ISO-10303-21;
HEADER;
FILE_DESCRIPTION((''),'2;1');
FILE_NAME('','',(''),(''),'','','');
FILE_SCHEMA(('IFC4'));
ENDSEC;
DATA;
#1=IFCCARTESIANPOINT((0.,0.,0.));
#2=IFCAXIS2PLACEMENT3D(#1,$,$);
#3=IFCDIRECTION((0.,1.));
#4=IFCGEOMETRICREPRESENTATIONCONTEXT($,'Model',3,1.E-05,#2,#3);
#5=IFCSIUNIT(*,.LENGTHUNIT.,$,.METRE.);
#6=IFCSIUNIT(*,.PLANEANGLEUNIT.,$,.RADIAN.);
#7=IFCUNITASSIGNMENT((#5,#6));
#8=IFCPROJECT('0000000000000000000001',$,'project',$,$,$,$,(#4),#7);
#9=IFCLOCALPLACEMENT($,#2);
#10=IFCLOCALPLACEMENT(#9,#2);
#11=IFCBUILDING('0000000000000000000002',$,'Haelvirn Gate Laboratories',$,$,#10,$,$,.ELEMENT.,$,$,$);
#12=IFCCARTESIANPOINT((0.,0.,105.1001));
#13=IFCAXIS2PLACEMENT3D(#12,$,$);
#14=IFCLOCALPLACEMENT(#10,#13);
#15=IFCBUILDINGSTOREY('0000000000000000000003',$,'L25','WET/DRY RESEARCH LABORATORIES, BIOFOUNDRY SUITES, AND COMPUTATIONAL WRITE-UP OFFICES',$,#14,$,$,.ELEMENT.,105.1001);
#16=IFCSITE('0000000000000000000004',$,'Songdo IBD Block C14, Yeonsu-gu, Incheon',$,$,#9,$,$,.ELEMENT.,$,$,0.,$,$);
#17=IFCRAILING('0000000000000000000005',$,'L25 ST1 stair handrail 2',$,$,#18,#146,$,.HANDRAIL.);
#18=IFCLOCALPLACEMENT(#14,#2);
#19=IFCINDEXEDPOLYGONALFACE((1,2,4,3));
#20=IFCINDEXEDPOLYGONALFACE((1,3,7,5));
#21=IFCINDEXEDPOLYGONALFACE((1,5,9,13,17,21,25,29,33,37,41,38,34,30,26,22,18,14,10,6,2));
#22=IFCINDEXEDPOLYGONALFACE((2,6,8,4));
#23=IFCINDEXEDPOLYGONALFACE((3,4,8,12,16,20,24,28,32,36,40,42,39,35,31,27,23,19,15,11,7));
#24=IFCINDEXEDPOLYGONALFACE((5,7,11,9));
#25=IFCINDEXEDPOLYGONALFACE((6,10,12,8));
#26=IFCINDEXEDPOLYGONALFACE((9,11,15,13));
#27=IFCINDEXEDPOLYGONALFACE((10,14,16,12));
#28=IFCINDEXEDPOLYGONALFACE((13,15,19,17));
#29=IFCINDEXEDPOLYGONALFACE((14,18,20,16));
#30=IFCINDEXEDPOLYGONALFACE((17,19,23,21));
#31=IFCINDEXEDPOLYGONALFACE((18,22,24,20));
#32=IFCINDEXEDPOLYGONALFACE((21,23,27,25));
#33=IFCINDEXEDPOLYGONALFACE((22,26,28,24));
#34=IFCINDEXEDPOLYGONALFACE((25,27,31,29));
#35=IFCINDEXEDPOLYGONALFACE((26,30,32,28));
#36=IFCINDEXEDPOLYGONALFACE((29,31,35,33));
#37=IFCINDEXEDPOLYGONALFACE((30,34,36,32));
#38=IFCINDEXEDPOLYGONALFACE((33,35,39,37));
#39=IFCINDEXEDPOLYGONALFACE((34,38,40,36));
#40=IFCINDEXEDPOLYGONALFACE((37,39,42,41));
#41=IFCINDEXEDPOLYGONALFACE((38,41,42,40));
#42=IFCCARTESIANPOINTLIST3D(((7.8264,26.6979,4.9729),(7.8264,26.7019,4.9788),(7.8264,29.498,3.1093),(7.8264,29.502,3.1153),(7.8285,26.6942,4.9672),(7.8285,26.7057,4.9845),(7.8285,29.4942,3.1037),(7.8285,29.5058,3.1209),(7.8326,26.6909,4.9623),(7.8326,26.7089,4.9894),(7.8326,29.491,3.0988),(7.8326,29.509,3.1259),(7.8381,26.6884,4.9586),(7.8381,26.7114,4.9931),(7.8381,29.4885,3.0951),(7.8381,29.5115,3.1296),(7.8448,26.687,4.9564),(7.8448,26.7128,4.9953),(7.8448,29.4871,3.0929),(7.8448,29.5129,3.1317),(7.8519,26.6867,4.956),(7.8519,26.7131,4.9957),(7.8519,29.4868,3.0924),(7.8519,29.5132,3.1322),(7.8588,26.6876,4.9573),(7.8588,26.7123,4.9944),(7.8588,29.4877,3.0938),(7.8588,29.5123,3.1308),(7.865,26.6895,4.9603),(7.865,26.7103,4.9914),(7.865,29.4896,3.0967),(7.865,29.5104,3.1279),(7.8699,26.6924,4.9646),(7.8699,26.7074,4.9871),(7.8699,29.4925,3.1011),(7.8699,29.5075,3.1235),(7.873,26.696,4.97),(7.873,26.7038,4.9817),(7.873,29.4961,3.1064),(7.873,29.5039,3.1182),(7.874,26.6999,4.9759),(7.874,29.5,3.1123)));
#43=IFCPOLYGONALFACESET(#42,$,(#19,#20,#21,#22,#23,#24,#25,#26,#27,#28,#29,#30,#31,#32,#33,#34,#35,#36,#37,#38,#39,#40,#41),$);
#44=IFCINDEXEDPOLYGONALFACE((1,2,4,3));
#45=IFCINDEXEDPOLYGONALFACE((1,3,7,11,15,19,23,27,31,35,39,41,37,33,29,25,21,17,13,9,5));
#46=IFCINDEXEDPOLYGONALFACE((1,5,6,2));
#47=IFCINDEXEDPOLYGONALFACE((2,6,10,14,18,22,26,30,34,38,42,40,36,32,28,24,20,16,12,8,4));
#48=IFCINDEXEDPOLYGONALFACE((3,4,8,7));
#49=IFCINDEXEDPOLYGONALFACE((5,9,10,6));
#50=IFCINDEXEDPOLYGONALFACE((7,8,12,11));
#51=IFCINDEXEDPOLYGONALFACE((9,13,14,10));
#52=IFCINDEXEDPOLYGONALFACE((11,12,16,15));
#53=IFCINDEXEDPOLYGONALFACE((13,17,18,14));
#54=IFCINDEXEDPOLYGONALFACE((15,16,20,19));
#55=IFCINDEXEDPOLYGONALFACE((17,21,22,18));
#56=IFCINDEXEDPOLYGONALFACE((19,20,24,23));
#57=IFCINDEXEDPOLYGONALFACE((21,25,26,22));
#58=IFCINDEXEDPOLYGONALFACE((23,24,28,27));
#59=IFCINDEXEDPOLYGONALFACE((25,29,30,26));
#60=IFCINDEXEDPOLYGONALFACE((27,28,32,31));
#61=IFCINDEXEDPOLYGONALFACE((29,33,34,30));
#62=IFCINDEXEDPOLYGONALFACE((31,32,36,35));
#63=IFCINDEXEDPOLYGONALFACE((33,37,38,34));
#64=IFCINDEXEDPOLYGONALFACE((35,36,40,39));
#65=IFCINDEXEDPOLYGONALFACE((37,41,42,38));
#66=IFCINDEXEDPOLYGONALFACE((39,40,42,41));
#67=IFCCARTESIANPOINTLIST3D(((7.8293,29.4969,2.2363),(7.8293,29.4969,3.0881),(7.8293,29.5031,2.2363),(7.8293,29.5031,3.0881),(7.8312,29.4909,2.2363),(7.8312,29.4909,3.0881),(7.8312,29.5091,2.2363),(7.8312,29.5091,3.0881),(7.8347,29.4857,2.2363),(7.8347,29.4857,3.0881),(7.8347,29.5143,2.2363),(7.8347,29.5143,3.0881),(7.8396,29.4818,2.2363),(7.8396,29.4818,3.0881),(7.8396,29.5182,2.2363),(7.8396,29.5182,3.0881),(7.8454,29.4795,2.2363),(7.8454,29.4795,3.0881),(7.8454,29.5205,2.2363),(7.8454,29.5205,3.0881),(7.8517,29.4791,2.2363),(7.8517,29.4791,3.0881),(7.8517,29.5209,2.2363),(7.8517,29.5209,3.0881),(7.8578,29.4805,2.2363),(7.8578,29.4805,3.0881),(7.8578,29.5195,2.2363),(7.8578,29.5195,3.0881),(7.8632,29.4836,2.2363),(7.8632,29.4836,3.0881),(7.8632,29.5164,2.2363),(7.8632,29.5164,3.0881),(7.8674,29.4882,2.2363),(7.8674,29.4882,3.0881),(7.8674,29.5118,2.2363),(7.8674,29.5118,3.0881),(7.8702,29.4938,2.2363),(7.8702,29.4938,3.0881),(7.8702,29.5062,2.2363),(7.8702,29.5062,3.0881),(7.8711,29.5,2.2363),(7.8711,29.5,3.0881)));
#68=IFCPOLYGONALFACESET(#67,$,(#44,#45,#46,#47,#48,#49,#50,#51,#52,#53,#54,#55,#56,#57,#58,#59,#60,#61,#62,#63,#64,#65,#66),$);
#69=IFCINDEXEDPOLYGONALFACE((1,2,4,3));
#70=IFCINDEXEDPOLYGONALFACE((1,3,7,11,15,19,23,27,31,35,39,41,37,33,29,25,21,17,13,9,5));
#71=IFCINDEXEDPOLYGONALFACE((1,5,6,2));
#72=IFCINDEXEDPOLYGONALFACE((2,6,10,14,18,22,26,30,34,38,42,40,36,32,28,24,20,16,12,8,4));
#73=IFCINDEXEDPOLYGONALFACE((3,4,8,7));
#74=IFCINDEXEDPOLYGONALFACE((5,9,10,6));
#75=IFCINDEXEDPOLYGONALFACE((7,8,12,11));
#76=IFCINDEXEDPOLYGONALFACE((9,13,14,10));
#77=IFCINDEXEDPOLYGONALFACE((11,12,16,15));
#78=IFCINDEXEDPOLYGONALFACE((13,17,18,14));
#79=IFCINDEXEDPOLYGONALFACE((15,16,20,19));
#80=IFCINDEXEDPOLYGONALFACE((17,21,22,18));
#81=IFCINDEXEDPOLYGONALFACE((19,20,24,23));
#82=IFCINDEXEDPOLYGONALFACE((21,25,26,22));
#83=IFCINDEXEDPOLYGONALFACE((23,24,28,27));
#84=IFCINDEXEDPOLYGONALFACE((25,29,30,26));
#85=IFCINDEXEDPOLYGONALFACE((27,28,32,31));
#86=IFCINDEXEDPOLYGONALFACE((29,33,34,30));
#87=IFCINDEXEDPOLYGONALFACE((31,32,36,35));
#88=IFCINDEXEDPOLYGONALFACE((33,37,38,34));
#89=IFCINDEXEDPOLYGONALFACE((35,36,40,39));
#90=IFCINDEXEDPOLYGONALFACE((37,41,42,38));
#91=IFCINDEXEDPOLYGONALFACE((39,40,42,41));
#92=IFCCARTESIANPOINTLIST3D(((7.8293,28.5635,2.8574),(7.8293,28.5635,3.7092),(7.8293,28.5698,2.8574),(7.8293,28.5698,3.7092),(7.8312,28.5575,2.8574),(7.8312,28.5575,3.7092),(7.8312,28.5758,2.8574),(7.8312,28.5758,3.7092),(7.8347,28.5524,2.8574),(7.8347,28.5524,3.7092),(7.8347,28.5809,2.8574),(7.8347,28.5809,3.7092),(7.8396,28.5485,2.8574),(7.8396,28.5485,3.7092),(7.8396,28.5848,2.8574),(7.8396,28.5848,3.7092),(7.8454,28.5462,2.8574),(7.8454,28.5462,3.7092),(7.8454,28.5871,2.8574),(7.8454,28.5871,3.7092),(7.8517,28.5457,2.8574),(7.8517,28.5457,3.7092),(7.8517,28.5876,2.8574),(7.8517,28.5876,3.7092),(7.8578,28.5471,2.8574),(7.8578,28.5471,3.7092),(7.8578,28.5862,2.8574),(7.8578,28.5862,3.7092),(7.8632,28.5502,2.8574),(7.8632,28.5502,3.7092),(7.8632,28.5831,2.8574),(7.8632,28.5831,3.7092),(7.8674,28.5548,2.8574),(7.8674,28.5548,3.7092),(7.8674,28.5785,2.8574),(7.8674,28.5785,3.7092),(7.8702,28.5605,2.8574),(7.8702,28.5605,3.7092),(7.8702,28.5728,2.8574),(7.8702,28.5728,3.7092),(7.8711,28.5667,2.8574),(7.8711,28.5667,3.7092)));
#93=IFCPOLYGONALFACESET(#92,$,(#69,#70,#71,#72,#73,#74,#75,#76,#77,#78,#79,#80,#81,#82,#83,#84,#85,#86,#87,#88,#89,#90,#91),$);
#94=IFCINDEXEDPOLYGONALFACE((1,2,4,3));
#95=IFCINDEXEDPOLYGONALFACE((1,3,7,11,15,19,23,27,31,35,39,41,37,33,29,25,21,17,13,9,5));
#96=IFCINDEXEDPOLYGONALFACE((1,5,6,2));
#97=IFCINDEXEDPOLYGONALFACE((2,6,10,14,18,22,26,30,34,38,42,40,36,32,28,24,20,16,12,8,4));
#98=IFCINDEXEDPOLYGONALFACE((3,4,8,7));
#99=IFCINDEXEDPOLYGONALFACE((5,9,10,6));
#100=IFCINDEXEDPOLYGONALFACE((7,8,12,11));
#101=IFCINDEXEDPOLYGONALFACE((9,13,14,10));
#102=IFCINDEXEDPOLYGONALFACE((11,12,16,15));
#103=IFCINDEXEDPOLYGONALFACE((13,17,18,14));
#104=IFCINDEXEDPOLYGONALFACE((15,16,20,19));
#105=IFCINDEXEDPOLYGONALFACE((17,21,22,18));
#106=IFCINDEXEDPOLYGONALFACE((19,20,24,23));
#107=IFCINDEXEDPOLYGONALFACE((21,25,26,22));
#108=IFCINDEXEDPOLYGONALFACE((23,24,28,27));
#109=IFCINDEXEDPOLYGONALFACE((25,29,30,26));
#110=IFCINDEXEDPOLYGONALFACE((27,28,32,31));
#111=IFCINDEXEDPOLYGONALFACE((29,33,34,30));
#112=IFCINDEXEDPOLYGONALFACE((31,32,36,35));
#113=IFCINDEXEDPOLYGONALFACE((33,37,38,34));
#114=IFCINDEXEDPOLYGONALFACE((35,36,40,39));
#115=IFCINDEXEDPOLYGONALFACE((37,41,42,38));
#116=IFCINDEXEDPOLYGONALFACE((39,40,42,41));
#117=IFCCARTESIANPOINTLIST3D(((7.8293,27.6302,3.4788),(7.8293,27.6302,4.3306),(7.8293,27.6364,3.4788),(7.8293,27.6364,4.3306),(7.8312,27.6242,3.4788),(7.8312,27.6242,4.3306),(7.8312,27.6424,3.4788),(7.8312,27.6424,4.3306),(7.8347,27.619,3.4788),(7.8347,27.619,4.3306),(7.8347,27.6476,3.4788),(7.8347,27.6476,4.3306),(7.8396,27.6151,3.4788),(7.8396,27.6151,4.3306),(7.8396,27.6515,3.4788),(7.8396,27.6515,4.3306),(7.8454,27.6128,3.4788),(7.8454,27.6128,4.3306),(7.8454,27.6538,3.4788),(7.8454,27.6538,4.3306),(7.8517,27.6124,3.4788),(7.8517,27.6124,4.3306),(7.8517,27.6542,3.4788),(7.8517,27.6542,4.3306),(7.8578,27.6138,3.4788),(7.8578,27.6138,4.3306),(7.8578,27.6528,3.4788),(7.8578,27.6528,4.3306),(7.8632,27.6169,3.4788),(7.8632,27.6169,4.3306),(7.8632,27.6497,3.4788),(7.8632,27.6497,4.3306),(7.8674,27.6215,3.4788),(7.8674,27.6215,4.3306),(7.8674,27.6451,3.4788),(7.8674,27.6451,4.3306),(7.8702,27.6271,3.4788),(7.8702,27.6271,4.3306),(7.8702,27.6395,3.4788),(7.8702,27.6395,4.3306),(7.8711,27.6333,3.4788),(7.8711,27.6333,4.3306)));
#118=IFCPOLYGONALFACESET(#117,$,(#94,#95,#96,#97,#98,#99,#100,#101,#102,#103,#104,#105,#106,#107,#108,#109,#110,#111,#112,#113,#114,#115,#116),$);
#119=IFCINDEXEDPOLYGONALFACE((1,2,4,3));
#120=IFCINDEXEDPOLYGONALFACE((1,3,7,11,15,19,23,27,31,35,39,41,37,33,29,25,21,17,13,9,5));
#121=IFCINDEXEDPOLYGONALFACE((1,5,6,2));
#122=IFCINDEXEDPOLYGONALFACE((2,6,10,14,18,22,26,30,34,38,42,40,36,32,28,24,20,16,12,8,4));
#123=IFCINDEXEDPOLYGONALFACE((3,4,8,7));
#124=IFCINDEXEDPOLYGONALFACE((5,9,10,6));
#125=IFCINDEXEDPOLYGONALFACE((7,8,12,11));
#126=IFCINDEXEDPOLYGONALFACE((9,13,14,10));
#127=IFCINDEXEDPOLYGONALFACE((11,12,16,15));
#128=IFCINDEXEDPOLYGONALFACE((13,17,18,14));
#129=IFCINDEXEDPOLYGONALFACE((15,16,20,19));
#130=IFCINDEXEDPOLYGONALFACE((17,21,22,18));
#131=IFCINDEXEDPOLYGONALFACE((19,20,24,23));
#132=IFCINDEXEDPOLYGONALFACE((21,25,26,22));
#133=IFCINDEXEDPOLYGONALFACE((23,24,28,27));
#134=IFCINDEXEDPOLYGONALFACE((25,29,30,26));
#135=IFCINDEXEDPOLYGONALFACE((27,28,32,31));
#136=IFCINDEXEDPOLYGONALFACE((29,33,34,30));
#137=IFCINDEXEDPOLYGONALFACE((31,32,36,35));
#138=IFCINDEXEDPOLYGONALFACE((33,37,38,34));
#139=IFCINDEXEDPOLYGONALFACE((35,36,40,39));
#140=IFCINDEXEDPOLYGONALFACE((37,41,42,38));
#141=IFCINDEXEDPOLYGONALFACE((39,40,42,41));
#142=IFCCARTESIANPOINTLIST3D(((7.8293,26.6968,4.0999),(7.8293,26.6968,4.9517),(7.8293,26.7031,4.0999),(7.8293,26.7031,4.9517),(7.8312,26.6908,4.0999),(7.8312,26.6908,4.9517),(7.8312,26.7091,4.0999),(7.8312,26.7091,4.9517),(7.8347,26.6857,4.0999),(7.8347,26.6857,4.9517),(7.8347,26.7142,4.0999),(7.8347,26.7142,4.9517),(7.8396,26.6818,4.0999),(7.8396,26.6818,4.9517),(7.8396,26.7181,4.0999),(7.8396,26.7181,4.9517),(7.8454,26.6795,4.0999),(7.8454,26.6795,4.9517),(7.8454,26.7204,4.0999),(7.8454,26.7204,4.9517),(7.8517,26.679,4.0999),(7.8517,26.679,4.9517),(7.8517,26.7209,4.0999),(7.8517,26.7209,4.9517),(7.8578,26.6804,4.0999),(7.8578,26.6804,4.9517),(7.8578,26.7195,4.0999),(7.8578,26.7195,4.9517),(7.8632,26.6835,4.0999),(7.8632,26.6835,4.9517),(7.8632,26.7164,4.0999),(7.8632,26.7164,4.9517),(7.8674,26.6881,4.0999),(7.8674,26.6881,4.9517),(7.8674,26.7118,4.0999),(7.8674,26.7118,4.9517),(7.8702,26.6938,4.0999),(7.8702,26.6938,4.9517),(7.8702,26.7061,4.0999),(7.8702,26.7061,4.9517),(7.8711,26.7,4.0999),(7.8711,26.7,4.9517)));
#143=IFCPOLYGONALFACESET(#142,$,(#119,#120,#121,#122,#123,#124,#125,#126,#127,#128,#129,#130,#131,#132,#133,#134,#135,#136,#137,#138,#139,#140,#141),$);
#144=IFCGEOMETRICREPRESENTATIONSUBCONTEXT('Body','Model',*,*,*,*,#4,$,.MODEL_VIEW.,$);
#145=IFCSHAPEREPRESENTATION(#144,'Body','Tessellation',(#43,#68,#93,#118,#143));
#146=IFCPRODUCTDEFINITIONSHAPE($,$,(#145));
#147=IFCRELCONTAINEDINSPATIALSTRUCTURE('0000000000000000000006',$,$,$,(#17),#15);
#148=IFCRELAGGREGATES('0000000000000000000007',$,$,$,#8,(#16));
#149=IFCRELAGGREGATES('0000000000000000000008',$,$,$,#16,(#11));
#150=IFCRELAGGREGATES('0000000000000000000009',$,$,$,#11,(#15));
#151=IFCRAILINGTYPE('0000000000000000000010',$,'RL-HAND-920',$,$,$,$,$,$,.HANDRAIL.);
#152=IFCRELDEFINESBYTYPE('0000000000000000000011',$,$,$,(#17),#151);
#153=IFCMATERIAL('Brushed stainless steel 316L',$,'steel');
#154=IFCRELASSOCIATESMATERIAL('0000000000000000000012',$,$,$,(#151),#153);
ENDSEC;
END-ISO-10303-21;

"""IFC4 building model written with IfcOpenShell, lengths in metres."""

from ifc_helpers import new_model, si_unit, direction, frame, origin, origin_2d, place, context, subcontext, project, spatial, circle, extrude, source, transform, mapped, material, type_object, element, save


model = new_model("IFC4")

# Units and contexts
model_context = context("Model", 3, precision=1e-05, world=origin(), true_north=direction((0.0, 1.0)))
body_context = subcontext(model_context, "Body", "Model", "MODEL_VIEW")
ifc_project = project(units=[si_unit("LENGTHUNIT", "METRE"), si_unit("PLANEANGLEUNIT", "RADIAN")], contexts=[model_context])

# Site, building, storey
site_placement = place(None, origin())
site = spatial("IfcSite", under=ifc_project, at=site_placement, Name="Songdo IBD Block C14, Yeonsu-gu, Incheon", CompositionType="ELEMENT", RefElevation=0.0)
building_placement = place(site_placement, origin())
building = spatial("IfcBuilding", under=site, at=building_placement, Name="Haelvirn Gate Laboratories", CompositionType="ELEMENT")
storey_placement = place(building_placement, frame((0.0, 0.0, 105.1001)))
storey = spatial("IfcBuildingStorey", under=building, at=storey_placement, Name="L25", Description="WET/DRY RESEARCH LABORATORIES, BIOFOUNDRY SUITES, AND COMPUTATIONAL WRITE-UP OFFICES", CompositionType="ELEMENT", Elevation=105.1001)

# Railing
ifc_material_1 = material(Name="Brushed stainless steel 316L", Category="steel")
railing_type_1 = type_object("IfcRailingType", Name="RL-HAND-920", PredefinedType="HANDRAIL", material=ifc_material_1)
shared_shape_1 = source(origin(), body_context, "Body", "SweptSolid", [
    extrude(circle(Radius=0.0239, at=origin_2d()), frame((0.0, 0.0, 0.876), z_axis=(0.0, -0.832486, 0.554047), x_axis=(1.0, 0.0, 0.0)), (0.0, 0.0, 1.0), 3.3635),
    extrude(circle(Radius=0.021, at=origin_2d()), origin(), (0.0, 0.0, 1.0), 0.8518),
    extrude(circle(Radius=0.021, at=origin_2d()), frame((0.0, -0.9333, 0.6211)), (0.0, 0.0, 1.0), 0.8518),
    extrude(circle(Radius=0.021, at=origin_2d()), frame((0.0, -1.8667, 1.2424)), (0.0, 0.0, 1.0), 0.8518),
    extrude(circle(Radius=0.021, at=origin_2d()), frame((0.0, -2.8, 1.8635)), (0.0, 0.0, 1.0), 0.8518),
])
railing_1_placement = place(storey_placement, frame((7.8501, 29.5, 2.2363)))
element("IfcRailing", 1, at=railing_1_placement, inside=storey, type_object=railing_type_1, Name="L25 ST1 stair handrail 2", PredefinedType="HANDRAIL", context=body_context, shape_type="MappedRepresentation", body=[
    mapped(shared_shape_1, transform((0.0, 0.0, 0.0), scale=1.0)),
])

save(model, "model.ifc")
